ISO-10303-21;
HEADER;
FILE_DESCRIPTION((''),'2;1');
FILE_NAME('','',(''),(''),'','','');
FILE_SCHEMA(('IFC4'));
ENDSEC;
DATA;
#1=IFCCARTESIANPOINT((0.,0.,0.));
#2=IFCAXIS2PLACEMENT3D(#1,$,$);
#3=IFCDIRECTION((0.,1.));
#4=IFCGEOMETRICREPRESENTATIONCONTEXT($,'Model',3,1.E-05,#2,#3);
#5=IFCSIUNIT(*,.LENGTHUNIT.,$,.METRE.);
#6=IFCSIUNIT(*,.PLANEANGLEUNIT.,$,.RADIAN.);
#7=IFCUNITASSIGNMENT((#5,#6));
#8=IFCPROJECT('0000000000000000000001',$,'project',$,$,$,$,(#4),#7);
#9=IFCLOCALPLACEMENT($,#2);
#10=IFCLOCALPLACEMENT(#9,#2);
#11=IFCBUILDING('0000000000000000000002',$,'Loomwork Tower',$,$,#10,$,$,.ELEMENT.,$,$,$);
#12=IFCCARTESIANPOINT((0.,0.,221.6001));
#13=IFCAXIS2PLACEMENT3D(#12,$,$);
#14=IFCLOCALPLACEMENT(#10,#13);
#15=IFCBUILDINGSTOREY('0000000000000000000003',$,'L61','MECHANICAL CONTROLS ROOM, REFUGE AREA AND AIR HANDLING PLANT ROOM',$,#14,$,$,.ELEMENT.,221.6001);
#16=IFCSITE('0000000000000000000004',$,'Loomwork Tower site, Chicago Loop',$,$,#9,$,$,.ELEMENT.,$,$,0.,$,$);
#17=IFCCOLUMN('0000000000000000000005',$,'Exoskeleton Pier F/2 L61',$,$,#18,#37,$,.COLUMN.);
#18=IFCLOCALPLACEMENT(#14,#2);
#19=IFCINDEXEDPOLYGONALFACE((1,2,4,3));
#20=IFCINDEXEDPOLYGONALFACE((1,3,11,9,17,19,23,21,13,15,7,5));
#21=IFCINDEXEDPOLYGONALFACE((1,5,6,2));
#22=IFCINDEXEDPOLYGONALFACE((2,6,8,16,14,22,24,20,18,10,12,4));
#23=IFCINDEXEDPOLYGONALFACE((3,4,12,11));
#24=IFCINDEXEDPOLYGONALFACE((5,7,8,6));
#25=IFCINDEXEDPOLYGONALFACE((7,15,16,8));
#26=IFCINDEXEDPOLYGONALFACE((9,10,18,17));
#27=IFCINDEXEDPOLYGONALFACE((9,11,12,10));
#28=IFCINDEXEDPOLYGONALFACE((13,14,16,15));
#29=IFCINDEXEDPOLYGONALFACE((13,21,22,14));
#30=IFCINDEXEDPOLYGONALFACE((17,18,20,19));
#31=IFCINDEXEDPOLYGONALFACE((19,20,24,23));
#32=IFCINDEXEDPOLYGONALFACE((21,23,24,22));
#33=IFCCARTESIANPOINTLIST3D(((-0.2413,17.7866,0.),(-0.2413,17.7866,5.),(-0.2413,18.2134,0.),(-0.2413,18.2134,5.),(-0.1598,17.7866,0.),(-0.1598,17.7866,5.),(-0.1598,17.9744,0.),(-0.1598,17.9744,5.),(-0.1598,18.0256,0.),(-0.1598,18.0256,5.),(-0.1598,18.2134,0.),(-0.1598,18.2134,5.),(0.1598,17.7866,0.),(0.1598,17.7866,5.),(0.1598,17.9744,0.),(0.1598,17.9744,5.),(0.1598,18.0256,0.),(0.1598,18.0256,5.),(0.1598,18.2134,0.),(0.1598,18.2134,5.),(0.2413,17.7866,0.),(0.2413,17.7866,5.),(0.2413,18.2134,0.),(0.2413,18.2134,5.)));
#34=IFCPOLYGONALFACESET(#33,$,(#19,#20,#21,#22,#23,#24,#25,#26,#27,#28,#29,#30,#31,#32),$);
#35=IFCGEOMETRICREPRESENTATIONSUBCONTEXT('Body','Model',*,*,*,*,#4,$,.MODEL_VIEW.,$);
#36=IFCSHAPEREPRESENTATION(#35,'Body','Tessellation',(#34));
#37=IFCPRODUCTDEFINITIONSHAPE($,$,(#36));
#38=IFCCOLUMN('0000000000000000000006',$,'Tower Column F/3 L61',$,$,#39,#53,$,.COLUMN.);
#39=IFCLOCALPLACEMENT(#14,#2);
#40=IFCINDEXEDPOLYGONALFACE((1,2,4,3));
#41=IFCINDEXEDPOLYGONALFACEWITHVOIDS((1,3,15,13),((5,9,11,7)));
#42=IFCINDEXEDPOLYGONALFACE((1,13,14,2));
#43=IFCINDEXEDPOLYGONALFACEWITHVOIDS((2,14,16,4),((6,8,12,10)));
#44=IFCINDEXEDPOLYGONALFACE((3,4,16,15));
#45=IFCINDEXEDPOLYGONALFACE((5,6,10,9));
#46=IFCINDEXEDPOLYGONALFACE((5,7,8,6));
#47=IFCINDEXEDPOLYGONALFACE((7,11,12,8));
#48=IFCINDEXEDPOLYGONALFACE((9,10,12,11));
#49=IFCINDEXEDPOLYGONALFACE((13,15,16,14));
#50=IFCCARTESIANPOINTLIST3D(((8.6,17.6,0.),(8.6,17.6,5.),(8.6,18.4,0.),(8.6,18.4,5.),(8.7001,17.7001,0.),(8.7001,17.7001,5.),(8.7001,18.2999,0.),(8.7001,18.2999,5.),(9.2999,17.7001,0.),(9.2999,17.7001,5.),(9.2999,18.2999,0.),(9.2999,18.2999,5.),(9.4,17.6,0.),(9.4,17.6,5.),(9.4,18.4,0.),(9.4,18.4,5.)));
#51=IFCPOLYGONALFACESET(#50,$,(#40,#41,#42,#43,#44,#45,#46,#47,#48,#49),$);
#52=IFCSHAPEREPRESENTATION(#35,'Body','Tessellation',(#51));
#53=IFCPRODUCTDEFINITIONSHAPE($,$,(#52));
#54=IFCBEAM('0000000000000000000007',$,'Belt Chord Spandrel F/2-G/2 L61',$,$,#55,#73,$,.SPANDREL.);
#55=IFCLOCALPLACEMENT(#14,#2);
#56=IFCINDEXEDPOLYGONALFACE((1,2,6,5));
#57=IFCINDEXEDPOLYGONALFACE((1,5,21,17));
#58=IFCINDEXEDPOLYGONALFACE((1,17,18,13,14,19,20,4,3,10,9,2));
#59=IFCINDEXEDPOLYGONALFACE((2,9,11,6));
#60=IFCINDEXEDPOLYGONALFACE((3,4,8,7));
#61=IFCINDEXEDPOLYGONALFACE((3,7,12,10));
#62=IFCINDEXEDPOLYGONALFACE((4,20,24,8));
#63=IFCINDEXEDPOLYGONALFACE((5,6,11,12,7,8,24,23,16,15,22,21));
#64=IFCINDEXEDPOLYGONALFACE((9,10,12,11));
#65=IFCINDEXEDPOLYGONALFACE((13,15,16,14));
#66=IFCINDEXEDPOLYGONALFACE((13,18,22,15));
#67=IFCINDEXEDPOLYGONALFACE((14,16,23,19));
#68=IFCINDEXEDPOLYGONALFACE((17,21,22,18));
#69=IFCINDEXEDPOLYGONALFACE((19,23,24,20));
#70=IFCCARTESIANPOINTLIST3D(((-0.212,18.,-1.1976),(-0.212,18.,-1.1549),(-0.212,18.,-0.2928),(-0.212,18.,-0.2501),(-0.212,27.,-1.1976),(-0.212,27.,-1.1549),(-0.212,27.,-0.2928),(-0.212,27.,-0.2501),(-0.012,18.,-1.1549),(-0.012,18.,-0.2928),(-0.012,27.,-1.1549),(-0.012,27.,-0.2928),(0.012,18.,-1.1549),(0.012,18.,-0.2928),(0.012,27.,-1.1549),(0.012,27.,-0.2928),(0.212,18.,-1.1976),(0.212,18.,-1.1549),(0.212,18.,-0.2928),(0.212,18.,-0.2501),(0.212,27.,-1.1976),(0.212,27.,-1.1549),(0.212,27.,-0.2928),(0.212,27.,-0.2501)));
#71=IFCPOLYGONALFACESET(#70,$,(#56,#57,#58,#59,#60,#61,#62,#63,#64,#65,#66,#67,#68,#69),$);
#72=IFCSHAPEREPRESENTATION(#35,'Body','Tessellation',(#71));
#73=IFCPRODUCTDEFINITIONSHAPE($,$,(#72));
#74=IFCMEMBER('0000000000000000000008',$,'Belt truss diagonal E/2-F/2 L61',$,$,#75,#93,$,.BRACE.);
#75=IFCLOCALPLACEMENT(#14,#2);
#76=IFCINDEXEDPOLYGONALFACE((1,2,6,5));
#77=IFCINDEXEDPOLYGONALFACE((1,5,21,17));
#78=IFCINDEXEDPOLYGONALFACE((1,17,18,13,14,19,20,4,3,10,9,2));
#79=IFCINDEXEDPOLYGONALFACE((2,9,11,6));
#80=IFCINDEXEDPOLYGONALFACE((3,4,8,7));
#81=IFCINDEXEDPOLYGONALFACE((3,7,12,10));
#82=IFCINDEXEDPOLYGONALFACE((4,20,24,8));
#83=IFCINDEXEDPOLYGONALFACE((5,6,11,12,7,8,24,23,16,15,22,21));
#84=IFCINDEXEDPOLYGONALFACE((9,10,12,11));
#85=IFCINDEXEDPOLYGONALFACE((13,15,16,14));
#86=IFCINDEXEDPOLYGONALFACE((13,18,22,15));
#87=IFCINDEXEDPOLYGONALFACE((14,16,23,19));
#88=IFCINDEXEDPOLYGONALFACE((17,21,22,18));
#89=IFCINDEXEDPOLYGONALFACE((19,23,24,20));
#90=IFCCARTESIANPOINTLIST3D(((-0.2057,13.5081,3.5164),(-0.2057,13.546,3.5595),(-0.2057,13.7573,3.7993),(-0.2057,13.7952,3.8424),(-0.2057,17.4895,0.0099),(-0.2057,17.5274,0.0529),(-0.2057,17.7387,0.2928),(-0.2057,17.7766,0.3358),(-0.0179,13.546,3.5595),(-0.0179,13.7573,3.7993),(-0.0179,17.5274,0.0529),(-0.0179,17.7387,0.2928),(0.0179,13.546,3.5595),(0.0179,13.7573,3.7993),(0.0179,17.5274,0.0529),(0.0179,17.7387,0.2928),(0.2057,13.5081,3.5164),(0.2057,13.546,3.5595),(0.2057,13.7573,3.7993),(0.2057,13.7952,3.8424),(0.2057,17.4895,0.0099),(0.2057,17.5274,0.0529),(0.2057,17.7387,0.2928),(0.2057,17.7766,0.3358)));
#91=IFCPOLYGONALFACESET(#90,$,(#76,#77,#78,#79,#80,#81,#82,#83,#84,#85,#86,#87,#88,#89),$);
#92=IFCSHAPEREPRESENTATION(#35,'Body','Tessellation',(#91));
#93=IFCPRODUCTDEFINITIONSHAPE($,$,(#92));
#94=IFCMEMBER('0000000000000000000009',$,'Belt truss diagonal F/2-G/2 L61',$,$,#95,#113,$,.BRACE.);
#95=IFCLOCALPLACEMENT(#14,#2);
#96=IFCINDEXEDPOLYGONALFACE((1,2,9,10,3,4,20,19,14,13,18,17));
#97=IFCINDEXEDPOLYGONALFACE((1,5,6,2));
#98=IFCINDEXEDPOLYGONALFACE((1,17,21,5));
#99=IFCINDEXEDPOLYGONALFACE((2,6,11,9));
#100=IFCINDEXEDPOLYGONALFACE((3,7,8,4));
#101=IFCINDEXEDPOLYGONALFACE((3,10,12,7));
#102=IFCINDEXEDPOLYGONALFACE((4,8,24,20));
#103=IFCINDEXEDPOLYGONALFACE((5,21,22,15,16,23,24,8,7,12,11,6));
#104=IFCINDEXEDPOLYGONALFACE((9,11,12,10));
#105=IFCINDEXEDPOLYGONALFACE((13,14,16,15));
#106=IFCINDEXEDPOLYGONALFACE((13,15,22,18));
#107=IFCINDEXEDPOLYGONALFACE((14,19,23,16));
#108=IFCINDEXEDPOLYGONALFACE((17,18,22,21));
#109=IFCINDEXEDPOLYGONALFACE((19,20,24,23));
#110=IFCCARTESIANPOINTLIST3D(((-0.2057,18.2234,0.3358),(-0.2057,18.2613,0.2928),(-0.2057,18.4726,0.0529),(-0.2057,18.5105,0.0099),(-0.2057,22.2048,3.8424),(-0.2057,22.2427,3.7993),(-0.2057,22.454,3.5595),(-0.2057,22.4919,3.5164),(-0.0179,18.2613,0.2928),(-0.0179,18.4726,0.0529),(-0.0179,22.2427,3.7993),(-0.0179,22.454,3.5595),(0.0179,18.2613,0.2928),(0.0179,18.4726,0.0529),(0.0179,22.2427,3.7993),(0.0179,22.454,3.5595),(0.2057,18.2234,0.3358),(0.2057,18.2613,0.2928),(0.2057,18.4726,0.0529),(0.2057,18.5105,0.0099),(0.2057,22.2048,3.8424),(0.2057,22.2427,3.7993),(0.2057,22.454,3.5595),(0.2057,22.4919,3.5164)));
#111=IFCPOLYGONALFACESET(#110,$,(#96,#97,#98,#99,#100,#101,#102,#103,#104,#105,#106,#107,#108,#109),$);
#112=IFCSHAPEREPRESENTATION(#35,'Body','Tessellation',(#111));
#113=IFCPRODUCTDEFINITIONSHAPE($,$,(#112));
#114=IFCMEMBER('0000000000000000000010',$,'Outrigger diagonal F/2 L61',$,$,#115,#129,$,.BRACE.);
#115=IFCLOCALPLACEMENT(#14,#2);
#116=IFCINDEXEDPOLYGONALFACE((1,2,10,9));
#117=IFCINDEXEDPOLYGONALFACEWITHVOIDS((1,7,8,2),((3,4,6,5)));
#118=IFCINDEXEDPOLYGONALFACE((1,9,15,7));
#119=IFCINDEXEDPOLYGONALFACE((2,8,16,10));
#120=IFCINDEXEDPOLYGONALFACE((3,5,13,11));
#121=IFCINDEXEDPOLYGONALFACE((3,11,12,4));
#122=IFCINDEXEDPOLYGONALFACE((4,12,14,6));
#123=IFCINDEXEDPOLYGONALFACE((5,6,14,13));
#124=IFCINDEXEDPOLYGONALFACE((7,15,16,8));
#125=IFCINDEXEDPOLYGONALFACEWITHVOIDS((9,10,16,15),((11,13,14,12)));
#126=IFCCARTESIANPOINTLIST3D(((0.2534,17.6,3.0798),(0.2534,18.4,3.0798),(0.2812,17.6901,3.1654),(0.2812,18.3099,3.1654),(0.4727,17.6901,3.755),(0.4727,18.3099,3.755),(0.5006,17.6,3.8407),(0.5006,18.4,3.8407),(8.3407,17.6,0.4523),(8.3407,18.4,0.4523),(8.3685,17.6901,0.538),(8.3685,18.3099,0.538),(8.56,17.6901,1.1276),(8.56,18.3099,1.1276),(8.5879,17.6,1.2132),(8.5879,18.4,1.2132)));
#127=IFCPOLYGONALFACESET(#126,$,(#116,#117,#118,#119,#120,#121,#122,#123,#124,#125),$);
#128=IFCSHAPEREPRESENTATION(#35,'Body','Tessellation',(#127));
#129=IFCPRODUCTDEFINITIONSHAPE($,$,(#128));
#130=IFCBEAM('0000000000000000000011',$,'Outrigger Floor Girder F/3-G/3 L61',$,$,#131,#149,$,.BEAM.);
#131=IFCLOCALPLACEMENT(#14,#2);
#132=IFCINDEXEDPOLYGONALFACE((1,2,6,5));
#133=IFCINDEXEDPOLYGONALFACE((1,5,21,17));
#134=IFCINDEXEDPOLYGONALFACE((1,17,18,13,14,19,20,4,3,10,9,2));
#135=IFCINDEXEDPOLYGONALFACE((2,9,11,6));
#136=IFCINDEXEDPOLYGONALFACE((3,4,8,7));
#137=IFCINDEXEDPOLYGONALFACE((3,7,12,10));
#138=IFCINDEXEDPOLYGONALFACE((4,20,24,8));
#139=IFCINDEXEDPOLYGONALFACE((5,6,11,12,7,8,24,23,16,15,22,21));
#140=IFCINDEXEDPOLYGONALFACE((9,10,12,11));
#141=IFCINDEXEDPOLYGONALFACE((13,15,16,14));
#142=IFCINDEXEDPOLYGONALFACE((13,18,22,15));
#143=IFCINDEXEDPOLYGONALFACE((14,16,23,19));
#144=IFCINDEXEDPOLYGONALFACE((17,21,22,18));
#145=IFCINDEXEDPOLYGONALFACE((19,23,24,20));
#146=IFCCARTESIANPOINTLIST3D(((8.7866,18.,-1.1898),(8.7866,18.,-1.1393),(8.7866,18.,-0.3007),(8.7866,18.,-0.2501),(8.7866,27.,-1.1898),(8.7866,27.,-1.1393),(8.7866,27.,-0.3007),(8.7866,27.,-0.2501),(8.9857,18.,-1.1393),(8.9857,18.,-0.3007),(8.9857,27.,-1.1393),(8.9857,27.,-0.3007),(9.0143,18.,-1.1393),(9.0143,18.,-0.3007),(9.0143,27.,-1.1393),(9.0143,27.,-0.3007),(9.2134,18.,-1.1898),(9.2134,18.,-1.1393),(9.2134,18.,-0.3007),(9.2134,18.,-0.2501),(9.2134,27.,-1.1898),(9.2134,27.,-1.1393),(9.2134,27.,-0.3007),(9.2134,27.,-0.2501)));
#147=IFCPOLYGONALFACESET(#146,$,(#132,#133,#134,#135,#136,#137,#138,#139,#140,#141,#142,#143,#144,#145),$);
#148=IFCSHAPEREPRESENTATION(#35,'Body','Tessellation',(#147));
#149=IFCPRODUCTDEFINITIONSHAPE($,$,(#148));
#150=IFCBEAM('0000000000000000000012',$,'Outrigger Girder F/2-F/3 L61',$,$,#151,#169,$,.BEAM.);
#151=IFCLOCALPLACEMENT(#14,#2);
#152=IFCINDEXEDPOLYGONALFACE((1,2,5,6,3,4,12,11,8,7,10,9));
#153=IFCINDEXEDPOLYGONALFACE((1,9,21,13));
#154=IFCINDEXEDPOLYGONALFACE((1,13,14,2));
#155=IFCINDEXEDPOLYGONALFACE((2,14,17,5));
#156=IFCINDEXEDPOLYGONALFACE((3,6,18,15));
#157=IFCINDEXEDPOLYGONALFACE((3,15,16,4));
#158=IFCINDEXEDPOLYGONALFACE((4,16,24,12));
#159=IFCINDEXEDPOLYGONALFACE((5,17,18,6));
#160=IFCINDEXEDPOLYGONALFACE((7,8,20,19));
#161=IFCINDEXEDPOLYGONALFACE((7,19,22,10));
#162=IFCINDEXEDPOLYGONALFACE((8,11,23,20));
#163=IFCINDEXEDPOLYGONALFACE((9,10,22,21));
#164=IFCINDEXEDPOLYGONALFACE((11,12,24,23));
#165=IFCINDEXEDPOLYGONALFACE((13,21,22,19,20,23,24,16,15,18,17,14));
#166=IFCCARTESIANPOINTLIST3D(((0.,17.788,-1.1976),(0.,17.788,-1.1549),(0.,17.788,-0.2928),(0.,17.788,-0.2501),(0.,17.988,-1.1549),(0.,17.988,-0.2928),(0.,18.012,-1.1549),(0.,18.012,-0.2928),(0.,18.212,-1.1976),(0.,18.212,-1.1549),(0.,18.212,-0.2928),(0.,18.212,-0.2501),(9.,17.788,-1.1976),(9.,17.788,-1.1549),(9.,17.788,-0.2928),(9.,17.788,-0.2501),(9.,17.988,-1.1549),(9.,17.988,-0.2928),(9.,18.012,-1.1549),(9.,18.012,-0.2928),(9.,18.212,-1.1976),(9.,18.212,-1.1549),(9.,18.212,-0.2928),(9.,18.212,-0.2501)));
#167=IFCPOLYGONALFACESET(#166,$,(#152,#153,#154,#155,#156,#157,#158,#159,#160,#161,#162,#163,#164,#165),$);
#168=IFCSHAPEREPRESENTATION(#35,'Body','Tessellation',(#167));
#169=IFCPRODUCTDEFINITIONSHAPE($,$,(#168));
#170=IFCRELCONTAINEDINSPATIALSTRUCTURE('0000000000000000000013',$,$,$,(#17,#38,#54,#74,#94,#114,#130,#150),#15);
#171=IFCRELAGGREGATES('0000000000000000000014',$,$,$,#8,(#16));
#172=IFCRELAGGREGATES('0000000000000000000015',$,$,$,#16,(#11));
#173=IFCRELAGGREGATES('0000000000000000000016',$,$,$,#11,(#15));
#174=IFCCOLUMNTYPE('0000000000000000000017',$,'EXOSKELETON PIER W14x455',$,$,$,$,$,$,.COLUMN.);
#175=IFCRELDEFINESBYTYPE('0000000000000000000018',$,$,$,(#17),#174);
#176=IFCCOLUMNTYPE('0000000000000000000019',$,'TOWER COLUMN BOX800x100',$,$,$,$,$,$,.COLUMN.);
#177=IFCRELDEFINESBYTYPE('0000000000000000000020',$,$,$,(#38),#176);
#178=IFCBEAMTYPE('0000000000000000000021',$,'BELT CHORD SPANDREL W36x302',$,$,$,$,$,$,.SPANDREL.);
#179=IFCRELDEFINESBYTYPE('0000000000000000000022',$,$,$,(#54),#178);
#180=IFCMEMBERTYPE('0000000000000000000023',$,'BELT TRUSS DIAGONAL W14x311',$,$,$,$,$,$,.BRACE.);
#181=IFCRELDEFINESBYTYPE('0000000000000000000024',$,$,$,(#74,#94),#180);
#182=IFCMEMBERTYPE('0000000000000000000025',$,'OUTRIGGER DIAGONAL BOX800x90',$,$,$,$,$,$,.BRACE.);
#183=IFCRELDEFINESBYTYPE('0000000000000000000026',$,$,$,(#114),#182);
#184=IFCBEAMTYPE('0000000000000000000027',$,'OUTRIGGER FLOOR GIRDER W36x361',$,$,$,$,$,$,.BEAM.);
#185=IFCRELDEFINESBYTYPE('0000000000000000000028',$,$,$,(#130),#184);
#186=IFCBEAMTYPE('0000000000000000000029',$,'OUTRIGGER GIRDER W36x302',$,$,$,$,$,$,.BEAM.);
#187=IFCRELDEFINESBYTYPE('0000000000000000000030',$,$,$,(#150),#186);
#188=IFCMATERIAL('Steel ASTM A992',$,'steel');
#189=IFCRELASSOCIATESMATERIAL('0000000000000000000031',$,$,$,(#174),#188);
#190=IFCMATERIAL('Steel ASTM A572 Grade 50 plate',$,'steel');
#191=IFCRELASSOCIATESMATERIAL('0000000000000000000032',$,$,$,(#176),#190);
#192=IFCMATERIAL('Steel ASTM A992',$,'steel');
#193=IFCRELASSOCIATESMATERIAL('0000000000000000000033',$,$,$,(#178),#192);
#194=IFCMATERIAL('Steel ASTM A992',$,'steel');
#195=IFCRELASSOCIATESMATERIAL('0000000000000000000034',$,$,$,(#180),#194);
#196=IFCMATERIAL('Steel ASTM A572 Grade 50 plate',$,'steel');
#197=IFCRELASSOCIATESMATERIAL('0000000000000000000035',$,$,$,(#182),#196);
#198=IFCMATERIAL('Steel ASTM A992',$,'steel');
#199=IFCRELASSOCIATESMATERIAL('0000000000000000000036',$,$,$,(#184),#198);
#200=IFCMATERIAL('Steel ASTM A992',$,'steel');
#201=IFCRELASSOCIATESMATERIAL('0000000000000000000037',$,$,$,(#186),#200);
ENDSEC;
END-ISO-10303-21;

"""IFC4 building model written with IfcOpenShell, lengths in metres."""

from ifc_helpers import new_model, si_unit, direction, frame, origin, origin_2d, place, context, subcontext, project, spatial, hollow_rectangle, i_section, extrude, material, material_profile, profile_set, type_object, element, save


model = new_model("IFC4")

# Units and contexts
model_context = context("Model", 3, precision=1e-05, world=origin(), true_north=direction((0.0, 1.0)))
body_context = subcontext(model_context, "Body", "Model", "MODEL_VIEW")
ifc_project = project(units=[si_unit("LENGTHUNIT", "METRE"), si_unit("PLANEANGLEUNIT", "RADIAN")], contexts=[model_context])

# Site, building, storey
site_placement = place(None, origin())
site = spatial("IfcSite", under=ifc_project, at=site_placement, Name="Loomwork Tower site, Chicago Loop", CompositionType="ELEMENT", RefElevation=0.0)
building_placement = place(site_placement, origin())
building = spatial("IfcBuilding", under=site, at=building_placement, Name="Loomwork Tower", CompositionType="ELEMENT")
storey_placement = place(building_placement, frame((0.0, 0.0, 221.6001)))
storey = spatial("IfcBuildingStorey", under=building, at=storey_placement, Name="L61", Description="MECHANICAL CONTROLS ROOM, REFUGE AREA AND AIR HANDLING PLANT ROOM", CompositionType="ELEMENT", Elevation=221.6001)

# Columns
ifc_material_1 = material(Name="Steel ASTM A992", Category="steel")
ifc_material_profile_1 = material_profile(ifc_material_1, i_section(OverallWidth=0.4268, OverallDepth=0.4827, WebThickness=0.0513, FlangeThickness=0.0815, at=origin_2d()), Name="W14x455")
ifc_profile_set_1 = profile_set([ifc_material_profile_1], Name="Steel ASTM A992")
column_type_1 = type_object("IfcColumnType", Name="EXOSKELETON PIER W14x455", PredefinedType="COLUMN", material=ifc_profile_set_1)
column_1_placement = place(storey_placement, frame((0.0, 18.0, 0.0), z_axis=(0.0, 0.0, 1.0), x_axis=(0.0, 1.0, 0.0)))
element("IfcColumn", 1, at=column_1_placement, inside=storey, type_object=column_type_1, Name="Exoskeleton Pier F/2 L61", PredefinedType="COLUMN", context=body_context, shape_type="SweptSolid", body=[
    extrude(i_section(OverallWidth=0.4268, OverallDepth=0.4827, WebThickness=0.0513, FlangeThickness=0.0815, at=origin_2d()), origin(), (0.0, 0.0, 1.0), 5.0),
])
ifc_material_2 = material(Name="Steel ASTM A572 Grade 50 plate", Category="steel")
ifc_material_profile_2 = material_profile(ifc_material_2, hollow_rectangle(XDim=0.8, YDim=0.8, WallThickness=0.1001, at=origin_2d()), Name="BOX800x100")
ifc_profile_set_2 = profile_set([ifc_material_profile_2], Name="Steel ASTM A572 Grade 50 plate")
column_type_2 = type_object("IfcColumnType", Name="TOWER COLUMN BOX800x100", PredefinedType="COLUMN", material=ifc_profile_set_2)
column_2_placement = place(storey_placement, frame((9.0, 18.0, 0.0), z_axis=(0.0, 0.0, 1.0), x_axis=(1.0, 0.0, 0.0)))
element("IfcColumn", 2, at=column_2_placement, inside=storey, type_object=column_type_2, Name="Tower Column F/3 L61", PredefinedType="COLUMN", context=body_context, shape_type="SweptSolid", body=[
    extrude(hollow_rectangle(XDim=0.8, YDim=0.8, WallThickness=0.1001, at=origin_2d()), origin(), (0.0, 0.0, 1.0), 5.0),
])

# Beam
ifc_material_3 = material(Name="Steel ASTM A992", Category="steel")
ifc_material_profile_3 = material_profile(ifc_material_3, i_section(OverallWidth=0.4241, OverallDepth=0.9475, WebThickness=0.0239, FlangeThickness=0.0427, at=origin_2d()), Name="W36x302")
ifc_profile_set_3 = profile_set([ifc_material_profile_3], Name="Steel ASTM A992")
beam_type_1 = type_object("IfcBeamType", Name="BELT CHORD SPANDREL W36x302", PredefinedType="SPANDREL", material=ifc_profile_set_3)
beam_1_placement = place(storey_placement, frame((0.0, 18.0, -0.7239), z_axis=(0.0, 1.0, 0.0), x_axis=(-1.0, 0.0, 0.0)))
element("IfcBeam", 3, at=beam_1_placement, inside=storey, type_object=beam_type_1, Name="Belt Chord Spandrel F/2-G/2 L61", PredefinedType="SPANDREL", context=body_context, shape_type="SweptSolid", body=[
    extrude(i_section(OverallWidth=0.4241, OverallDepth=0.9475, WebThickness=0.0239, FlangeThickness=0.0427, at=origin_2d()), origin(), (0.0, 0.0, 1.0), 9.0),
])

# Members
ifc_material_4 = material(Name="Steel ASTM A992", Category="steel")
ifc_material_profile_4 = material_profile(ifc_material_4, i_section(OverallWidth=0.4114, OverallDepth=0.4343, WebThickness=0.0359, FlangeThickness=0.0574, at=origin_2d()), Name="W14x311")
ifc_profile_set_4 = profile_set([ifc_material_profile_4], Name="Steel ASTM A992")
member_type_1 = type_object("IfcMemberType", Name="BELT TRUSS DIAGONAL W14x311", PredefinedType="BRACE", material=ifc_profile_set_4)
for number, where, z_axis, x_axis, name in (
    (4, (0.0, 17.6331, 0.1729), (0.0, -0.750441, 0.660938), (1.0, 0.0, 0.0), "Belt truss diagonal E/2-F/2 L61"),
    (5, (0.0, 18.3669, 0.1729), (0.0, 0.750441, 0.660938), (-1.0, 0.0, 0.0), "Belt truss diagonal F/2-G/2 L61"),
):
    element("IfcMember", number, at=place(storey_placement, frame(where, z_axis=z_axis, x_axis=x_axis)), inside=storey, type_object=member_type_1, Name=name, PredefinedType="BRACE", context=body_context, shape_type="SweptSolid", body=[
        extrude(i_section(OverallWidth=0.4114, OverallDepth=0.4343, WebThickness=0.0359, FlangeThickness=0.0574, at=origin_2d()), origin(), (0.0, 0.0, 1.0), 5.3054),
    ])
ifc_material_5 = material(Name="Steel ASTM A572 Grade 50 plate", Category="steel")
ifc_material_profile_5 = material_profile(ifc_material_5, hollow_rectangle(XDim=0.8, YDim=0.8, WallThickness=0.0901, at=origin_2d()), Name="BOX800x90")
ifc_profile_set_5 = profile_set([ifc_material_profile_5], Name="Steel ASTM A572 Grade 50 plate")
member_type_2 = type_object("IfcMemberType", Name="OUTRIGGER DIAGONAL BOX800x90", PredefinedType="BRACE", material=ifc_profile_set_5)
member_1_placement = place(storey_placement, frame((0.377, 18.0, 3.4602), z_axis=(0.951067, 0.0, -0.308983), x_axis=(0.0, 1.0, 0.0)))
element("IfcMember", 6, at=member_1_placement, inside=storey, type_object=member_type_2, Name="Outrigger diagonal F/2 L61", PredefinedType="BRACE", context=body_context, shape_type="SweptSolid", body=[
    extrude(hollow_rectangle(XDim=0.8, YDim=0.8, WallThickness=0.0901, at=origin_2d()), origin(), (0.0, 0.0, 1.0), 8.5034),
])

# Beams
ifc_material_6 = material(Name="Steel ASTM A992", Category="steel")
ifc_material_profile_6 = material_profile(ifc_material_6, i_section(OverallWidth=0.4268, OverallDepth=0.9397, WebThickness=0.0286, FlangeThickness=0.0505, at=origin_2d()), Name="W36x361")
ifc_profile_set_6 = profile_set([ifc_material_profile_6], Name="Steel ASTM A992")
beam_type_2 = type_object("IfcBeamType", Name="OUTRIGGER FLOOR GIRDER W36x361", PredefinedType="BEAM", material=ifc_profile_set_6)
beam_2_placement = place(storey_placement, frame((9.0, 18.0, -0.72), z_axis=(0.0, 1.0, 0.0), x_axis=(-1.0, 0.0, 0.0)))
element("IfcBeam", 7, at=beam_2_placement, inside=storey, type_object=beam_type_2, Name="Outrigger Floor Girder F/3-G/3 L61", PredefinedType="BEAM", context=body_context, shape_type="SweptSolid", body=[
    extrude(i_section(OverallWidth=0.4268, OverallDepth=0.9397, WebThickness=0.0286, FlangeThickness=0.0505, at=origin_2d()), origin(), (0.0, 0.0, 1.0), 9.0),
])
ifc_material_7 = material(Name="Steel ASTM A992", Category="steel")
ifc_material_profile_7 = material_profile(ifc_material_7, i_section(OverallWidth=0.4241, OverallDepth=0.9475, WebThickness=0.0239, FlangeThickness=0.0427, at=origin_2d()), Name="W36x302")
ifc_profile_set_7 = profile_set([ifc_material_profile_7], Name="Steel ASTM A992")
beam_type_3 = type_object("IfcBeamType", Name="OUTRIGGER GIRDER W36x302", PredefinedType="BEAM", material=ifc_profile_set_7)
beam_3_placement = place(storey_placement, frame((0.0, 18.0, -0.7239), z_axis=(1.0, 0.0, 0.0), x_axis=(0.0, 1.0, 0.0)))
element("IfcBeam", 8, at=beam_3_placement, inside=storey, type_object=beam_type_3, Name="Outrigger Girder F/2-F/3 L61", PredefinedType="BEAM", context=body_context, shape_type="SweptSolid", body=[
    extrude(i_section(OverallWidth=0.4241, OverallDepth=0.9475, WebThickness=0.0239, FlangeThickness=0.0427, at=origin_2d()), origin(), (0.0, 0.0, 1.0), 9.0),
])

save(model, "model.ifc")
